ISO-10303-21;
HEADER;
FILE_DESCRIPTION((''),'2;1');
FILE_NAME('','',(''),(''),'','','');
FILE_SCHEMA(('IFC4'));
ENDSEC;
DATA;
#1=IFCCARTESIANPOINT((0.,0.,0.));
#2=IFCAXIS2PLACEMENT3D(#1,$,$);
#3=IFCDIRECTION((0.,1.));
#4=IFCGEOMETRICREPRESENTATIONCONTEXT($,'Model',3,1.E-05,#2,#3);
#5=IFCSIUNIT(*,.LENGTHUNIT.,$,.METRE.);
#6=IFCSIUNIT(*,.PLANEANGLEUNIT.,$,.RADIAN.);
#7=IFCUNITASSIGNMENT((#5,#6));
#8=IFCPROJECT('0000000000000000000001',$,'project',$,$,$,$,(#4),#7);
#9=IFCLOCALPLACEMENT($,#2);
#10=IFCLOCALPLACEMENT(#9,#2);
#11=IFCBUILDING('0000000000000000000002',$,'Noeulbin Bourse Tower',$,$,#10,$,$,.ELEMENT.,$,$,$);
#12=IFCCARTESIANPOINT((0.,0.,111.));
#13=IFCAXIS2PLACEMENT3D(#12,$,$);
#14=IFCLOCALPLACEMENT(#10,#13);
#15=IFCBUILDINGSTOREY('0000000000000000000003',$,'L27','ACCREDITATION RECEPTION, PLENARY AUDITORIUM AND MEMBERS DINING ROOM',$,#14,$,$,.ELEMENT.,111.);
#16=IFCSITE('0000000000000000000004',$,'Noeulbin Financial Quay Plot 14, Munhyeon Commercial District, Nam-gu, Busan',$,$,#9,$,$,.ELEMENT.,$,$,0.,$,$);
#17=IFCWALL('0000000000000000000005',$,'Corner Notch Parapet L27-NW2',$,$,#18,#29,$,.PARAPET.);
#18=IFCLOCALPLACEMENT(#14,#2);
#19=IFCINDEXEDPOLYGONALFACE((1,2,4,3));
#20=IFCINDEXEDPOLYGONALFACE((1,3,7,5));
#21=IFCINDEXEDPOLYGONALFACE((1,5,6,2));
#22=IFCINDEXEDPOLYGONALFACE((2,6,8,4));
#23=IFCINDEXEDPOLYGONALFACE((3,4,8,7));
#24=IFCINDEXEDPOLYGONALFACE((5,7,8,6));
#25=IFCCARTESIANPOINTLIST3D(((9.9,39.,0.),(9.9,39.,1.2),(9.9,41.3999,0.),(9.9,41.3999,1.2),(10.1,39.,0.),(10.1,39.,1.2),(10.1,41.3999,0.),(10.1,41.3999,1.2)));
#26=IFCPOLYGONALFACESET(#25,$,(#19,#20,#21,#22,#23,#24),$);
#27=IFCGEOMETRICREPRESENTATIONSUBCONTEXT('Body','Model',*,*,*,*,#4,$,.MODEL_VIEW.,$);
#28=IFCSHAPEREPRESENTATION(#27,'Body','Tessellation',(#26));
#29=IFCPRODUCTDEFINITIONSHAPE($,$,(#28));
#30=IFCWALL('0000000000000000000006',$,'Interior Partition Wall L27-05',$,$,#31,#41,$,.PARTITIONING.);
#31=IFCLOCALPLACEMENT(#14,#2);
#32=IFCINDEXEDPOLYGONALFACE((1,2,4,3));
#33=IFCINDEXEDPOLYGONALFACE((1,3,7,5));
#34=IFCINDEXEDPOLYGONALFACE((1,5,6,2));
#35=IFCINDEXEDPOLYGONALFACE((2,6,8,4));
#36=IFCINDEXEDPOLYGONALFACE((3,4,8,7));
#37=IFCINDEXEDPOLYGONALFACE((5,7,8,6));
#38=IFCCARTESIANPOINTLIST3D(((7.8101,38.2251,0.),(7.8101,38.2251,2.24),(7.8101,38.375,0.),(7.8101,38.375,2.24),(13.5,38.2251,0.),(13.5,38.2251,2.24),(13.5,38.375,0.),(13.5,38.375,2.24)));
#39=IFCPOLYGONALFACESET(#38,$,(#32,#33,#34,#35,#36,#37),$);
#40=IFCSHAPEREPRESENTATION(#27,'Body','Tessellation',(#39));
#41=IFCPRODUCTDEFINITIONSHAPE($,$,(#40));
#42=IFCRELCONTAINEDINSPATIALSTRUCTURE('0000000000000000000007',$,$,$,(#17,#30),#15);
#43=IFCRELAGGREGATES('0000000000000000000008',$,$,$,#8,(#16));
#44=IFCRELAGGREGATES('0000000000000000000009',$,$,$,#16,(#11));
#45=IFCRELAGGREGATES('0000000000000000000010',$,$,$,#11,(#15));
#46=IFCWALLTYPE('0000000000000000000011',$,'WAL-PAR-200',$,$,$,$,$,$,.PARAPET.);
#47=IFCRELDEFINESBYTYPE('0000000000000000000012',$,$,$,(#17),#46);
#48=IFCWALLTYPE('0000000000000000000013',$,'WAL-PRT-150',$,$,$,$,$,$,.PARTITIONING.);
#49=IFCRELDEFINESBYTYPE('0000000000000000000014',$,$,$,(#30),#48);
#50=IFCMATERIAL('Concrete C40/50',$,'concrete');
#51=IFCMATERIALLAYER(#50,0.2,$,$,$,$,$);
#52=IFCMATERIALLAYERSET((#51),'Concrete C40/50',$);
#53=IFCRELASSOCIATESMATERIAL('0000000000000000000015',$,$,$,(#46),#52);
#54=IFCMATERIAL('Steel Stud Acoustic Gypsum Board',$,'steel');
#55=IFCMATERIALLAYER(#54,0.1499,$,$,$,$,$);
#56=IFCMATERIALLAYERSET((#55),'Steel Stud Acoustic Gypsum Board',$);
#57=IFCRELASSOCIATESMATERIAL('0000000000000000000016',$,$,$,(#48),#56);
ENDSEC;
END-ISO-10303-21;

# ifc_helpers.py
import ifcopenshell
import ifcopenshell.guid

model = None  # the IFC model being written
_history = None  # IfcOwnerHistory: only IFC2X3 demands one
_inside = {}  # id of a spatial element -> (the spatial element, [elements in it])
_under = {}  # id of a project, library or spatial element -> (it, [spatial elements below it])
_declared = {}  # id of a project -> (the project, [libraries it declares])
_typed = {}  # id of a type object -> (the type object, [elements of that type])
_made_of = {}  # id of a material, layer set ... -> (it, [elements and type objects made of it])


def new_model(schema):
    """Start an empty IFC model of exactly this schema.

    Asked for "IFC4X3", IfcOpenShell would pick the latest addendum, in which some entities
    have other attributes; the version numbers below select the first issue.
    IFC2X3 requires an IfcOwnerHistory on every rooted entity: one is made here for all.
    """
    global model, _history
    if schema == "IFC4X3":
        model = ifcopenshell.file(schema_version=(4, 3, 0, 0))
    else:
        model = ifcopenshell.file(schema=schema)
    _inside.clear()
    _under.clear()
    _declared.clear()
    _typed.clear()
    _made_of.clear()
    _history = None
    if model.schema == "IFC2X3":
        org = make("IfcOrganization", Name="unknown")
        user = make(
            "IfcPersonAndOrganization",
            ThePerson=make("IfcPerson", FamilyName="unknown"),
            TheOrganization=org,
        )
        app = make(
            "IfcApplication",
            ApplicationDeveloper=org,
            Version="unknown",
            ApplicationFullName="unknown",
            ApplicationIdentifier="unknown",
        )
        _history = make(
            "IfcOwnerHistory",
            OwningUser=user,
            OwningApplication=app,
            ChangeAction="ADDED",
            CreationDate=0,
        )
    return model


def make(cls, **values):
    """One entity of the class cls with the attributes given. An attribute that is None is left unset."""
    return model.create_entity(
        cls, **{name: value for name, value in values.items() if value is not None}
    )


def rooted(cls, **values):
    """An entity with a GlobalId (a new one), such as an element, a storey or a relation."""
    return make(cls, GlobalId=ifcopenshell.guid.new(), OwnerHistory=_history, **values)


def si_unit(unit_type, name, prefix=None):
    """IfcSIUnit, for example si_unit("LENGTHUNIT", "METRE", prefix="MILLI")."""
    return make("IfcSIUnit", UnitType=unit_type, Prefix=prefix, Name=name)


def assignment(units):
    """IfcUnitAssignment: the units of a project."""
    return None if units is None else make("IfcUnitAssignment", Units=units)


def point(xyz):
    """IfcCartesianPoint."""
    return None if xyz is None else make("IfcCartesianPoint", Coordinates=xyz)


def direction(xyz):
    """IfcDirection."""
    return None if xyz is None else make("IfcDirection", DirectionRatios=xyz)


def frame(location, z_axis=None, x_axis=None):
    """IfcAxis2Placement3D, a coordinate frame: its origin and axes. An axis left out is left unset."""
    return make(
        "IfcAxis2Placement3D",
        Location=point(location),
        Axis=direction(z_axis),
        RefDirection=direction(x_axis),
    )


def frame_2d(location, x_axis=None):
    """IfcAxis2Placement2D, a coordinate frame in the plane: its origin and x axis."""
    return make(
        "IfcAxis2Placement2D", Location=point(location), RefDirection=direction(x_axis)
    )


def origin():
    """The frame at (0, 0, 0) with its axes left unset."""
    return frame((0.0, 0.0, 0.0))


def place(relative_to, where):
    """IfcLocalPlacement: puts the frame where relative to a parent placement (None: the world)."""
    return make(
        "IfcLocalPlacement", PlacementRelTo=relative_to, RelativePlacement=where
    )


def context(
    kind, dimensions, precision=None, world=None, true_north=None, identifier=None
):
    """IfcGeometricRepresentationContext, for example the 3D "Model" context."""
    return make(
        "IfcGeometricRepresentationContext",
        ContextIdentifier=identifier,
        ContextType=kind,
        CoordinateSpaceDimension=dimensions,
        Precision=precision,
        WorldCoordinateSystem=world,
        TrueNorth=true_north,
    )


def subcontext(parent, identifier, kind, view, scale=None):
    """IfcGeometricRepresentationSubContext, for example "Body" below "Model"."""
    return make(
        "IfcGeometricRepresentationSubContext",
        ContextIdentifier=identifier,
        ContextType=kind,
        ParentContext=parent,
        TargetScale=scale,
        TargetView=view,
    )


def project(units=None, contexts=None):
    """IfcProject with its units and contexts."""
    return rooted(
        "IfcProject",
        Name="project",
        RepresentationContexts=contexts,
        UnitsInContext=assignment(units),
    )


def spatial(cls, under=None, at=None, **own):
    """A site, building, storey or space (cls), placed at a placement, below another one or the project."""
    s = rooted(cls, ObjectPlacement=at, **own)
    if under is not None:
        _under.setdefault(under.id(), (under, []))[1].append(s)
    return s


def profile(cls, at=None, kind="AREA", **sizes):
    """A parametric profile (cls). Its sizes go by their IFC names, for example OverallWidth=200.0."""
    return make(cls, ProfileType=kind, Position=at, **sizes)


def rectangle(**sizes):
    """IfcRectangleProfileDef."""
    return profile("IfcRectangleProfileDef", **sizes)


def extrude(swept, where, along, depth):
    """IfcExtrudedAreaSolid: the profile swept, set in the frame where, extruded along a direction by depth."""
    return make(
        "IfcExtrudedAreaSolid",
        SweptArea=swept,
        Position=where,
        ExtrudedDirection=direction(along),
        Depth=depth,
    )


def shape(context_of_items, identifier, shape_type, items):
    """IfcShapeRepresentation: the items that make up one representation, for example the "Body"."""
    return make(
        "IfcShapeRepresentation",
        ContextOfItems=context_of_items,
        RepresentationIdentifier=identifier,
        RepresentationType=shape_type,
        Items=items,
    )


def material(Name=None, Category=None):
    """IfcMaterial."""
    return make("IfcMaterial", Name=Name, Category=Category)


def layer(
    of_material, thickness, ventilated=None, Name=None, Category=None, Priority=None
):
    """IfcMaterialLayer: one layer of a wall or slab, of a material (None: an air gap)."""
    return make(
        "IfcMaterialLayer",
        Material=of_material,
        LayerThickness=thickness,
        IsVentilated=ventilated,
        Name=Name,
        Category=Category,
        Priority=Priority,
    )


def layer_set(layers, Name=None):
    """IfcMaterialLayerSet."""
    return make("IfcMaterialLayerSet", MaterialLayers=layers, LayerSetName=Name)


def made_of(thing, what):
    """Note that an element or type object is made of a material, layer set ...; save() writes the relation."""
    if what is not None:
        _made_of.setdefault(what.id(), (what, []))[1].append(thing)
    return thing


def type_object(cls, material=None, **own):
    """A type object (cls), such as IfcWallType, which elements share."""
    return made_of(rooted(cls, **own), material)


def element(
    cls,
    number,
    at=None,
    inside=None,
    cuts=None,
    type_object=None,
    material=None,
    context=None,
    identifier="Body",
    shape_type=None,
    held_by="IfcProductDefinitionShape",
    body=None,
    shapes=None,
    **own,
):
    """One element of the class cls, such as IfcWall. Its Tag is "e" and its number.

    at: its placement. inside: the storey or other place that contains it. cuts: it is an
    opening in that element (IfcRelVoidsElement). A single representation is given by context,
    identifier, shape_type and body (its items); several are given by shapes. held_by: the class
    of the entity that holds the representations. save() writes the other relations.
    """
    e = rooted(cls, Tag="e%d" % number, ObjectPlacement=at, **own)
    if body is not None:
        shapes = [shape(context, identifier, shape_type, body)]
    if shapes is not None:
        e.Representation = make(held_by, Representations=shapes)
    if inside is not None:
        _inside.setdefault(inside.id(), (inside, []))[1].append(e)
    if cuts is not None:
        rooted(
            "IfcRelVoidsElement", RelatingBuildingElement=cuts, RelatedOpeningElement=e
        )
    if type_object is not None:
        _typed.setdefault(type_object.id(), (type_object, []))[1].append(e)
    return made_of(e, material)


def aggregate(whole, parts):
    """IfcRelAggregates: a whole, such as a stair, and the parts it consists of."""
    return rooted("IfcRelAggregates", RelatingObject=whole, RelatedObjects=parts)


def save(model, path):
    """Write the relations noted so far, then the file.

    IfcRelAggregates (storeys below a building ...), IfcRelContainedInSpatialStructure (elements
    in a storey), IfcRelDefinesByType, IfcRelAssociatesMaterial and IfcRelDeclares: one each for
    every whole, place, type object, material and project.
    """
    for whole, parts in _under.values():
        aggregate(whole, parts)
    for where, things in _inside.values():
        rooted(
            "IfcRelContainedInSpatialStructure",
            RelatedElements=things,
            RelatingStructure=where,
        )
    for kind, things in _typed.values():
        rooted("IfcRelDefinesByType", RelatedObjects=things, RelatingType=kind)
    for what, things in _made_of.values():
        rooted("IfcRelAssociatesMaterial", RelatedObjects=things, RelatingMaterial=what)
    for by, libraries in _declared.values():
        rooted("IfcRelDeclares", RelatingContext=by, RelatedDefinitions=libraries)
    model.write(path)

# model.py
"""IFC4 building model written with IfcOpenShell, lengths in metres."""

from ifc_helpers import new_model, si_unit, direction, frame, frame_2d, origin, place, context, subcontext, project, spatial, rectangle, extrude, material, layer, layer_set, type_object, element, save


model = new_model("IFC4")

# Units and contexts
model_context = context("Model", 3, precision=1e-05, world=origin(), true_north=direction((0.0, 1.0)))
body_context = subcontext(model_context, "Body", "Model", "MODEL_VIEW")
ifc_project = project(units=[si_unit("LENGTHUNIT", "METRE"), si_unit("PLANEANGLEUNIT", "RADIAN")], contexts=[model_context])

# Site, building, storey
site_placement = place(None, origin())
site = spatial("IfcSite", under=ifc_project, at=site_placement, Name="Noeulbin Financial Quay Plot 14, Munhyeon Commercial District, Nam-gu, Busan", CompositionType="ELEMENT", RefElevation=0.0)
building_placement = place(site_placement, origin())
building = spatial("IfcBuilding", under=site, at=building_placement, Name="Noeulbin Bourse Tower", CompositionType="ELEMENT")
storey_placement = place(building_placement, frame((0.0, 0.0, 111.0)))
storey = spatial("IfcBuildingStorey", under=building, at=storey_placement, Name="L27", Description="ACCREDITATION RECEPTION, PLENARY AUDITORIUM AND MEMBERS DINING ROOM", CompositionType="ELEMENT", Elevation=111.0)

# Walls
ifc_material_1 = material(Name="Concrete C40/50", Category="concrete")
ifc_layer_1 = layer(ifc_material_1, 0.2)
ifc_layer_set_1 = layer_set([ifc_layer_1], Name="Concrete C40/50")
wall_type_1 = type_object("IfcWallType", Name="WAL-PAR-200", PredefinedType="PARAPET", material=ifc_layer_set_1)
for number, where, z_axis, x_axis, name in (
    (1, (10.0, 39.0, 0.0), (0.0, 0.0, 1.0), (0.0, 1.0, 0.0), "Corner Notch Parapet L27-NW2"),
):
    element("IfcWall", number, at=place(storey_placement, frame(where, z_axis=z_axis, x_axis=x_axis)), inside=storey, type_object=wall_type_1, Name=name, PredefinedType="PARAPET", context=body_context, shape_type="SweptSolid", body=[
        extrude(rectangle(XDim=2.3999, YDim=0.2, at=frame_2d((1.2, 0.0))), origin(), (0.0, 0.0, 1.0), 1.2),
    ])
ifc_material_2 = material(Name="Steel Stud Acoustic Gypsum Board", Category="steel")
ifc_layer_2 = layer(ifc_material_2, 0.1499)
ifc_layer_set_2 = layer_set([ifc_layer_2], Name="Steel Stud Acoustic Gypsum Board")
wall_type_2 = type_object("IfcWallType", Name="WAL-PRT-150", PredefinedType="PARTITIONING", material=ifc_layer_set_2)
wall_1_placement = place(storey_placement, frame((7.8101, 38.3, 0.0), z_axis=(0.0, 0.0, 1.0), x_axis=(1.0, 0.0, 0.0)))
element("IfcWall", 2, at=wall_1_placement, inside=storey, type_object=wall_type_2, Name="Interior Partition Wall L27-05", PredefinedType="PARTITIONING", context=body_context, shape_type="SweptSolid", body=[
    extrude(rectangle(XDim=5.6899, YDim=0.1499, at=frame_2d((2.845, 0.0))), origin(), (0.0, 0.0, 1.0), 2.24),
])

save(model, "model.ifc")
